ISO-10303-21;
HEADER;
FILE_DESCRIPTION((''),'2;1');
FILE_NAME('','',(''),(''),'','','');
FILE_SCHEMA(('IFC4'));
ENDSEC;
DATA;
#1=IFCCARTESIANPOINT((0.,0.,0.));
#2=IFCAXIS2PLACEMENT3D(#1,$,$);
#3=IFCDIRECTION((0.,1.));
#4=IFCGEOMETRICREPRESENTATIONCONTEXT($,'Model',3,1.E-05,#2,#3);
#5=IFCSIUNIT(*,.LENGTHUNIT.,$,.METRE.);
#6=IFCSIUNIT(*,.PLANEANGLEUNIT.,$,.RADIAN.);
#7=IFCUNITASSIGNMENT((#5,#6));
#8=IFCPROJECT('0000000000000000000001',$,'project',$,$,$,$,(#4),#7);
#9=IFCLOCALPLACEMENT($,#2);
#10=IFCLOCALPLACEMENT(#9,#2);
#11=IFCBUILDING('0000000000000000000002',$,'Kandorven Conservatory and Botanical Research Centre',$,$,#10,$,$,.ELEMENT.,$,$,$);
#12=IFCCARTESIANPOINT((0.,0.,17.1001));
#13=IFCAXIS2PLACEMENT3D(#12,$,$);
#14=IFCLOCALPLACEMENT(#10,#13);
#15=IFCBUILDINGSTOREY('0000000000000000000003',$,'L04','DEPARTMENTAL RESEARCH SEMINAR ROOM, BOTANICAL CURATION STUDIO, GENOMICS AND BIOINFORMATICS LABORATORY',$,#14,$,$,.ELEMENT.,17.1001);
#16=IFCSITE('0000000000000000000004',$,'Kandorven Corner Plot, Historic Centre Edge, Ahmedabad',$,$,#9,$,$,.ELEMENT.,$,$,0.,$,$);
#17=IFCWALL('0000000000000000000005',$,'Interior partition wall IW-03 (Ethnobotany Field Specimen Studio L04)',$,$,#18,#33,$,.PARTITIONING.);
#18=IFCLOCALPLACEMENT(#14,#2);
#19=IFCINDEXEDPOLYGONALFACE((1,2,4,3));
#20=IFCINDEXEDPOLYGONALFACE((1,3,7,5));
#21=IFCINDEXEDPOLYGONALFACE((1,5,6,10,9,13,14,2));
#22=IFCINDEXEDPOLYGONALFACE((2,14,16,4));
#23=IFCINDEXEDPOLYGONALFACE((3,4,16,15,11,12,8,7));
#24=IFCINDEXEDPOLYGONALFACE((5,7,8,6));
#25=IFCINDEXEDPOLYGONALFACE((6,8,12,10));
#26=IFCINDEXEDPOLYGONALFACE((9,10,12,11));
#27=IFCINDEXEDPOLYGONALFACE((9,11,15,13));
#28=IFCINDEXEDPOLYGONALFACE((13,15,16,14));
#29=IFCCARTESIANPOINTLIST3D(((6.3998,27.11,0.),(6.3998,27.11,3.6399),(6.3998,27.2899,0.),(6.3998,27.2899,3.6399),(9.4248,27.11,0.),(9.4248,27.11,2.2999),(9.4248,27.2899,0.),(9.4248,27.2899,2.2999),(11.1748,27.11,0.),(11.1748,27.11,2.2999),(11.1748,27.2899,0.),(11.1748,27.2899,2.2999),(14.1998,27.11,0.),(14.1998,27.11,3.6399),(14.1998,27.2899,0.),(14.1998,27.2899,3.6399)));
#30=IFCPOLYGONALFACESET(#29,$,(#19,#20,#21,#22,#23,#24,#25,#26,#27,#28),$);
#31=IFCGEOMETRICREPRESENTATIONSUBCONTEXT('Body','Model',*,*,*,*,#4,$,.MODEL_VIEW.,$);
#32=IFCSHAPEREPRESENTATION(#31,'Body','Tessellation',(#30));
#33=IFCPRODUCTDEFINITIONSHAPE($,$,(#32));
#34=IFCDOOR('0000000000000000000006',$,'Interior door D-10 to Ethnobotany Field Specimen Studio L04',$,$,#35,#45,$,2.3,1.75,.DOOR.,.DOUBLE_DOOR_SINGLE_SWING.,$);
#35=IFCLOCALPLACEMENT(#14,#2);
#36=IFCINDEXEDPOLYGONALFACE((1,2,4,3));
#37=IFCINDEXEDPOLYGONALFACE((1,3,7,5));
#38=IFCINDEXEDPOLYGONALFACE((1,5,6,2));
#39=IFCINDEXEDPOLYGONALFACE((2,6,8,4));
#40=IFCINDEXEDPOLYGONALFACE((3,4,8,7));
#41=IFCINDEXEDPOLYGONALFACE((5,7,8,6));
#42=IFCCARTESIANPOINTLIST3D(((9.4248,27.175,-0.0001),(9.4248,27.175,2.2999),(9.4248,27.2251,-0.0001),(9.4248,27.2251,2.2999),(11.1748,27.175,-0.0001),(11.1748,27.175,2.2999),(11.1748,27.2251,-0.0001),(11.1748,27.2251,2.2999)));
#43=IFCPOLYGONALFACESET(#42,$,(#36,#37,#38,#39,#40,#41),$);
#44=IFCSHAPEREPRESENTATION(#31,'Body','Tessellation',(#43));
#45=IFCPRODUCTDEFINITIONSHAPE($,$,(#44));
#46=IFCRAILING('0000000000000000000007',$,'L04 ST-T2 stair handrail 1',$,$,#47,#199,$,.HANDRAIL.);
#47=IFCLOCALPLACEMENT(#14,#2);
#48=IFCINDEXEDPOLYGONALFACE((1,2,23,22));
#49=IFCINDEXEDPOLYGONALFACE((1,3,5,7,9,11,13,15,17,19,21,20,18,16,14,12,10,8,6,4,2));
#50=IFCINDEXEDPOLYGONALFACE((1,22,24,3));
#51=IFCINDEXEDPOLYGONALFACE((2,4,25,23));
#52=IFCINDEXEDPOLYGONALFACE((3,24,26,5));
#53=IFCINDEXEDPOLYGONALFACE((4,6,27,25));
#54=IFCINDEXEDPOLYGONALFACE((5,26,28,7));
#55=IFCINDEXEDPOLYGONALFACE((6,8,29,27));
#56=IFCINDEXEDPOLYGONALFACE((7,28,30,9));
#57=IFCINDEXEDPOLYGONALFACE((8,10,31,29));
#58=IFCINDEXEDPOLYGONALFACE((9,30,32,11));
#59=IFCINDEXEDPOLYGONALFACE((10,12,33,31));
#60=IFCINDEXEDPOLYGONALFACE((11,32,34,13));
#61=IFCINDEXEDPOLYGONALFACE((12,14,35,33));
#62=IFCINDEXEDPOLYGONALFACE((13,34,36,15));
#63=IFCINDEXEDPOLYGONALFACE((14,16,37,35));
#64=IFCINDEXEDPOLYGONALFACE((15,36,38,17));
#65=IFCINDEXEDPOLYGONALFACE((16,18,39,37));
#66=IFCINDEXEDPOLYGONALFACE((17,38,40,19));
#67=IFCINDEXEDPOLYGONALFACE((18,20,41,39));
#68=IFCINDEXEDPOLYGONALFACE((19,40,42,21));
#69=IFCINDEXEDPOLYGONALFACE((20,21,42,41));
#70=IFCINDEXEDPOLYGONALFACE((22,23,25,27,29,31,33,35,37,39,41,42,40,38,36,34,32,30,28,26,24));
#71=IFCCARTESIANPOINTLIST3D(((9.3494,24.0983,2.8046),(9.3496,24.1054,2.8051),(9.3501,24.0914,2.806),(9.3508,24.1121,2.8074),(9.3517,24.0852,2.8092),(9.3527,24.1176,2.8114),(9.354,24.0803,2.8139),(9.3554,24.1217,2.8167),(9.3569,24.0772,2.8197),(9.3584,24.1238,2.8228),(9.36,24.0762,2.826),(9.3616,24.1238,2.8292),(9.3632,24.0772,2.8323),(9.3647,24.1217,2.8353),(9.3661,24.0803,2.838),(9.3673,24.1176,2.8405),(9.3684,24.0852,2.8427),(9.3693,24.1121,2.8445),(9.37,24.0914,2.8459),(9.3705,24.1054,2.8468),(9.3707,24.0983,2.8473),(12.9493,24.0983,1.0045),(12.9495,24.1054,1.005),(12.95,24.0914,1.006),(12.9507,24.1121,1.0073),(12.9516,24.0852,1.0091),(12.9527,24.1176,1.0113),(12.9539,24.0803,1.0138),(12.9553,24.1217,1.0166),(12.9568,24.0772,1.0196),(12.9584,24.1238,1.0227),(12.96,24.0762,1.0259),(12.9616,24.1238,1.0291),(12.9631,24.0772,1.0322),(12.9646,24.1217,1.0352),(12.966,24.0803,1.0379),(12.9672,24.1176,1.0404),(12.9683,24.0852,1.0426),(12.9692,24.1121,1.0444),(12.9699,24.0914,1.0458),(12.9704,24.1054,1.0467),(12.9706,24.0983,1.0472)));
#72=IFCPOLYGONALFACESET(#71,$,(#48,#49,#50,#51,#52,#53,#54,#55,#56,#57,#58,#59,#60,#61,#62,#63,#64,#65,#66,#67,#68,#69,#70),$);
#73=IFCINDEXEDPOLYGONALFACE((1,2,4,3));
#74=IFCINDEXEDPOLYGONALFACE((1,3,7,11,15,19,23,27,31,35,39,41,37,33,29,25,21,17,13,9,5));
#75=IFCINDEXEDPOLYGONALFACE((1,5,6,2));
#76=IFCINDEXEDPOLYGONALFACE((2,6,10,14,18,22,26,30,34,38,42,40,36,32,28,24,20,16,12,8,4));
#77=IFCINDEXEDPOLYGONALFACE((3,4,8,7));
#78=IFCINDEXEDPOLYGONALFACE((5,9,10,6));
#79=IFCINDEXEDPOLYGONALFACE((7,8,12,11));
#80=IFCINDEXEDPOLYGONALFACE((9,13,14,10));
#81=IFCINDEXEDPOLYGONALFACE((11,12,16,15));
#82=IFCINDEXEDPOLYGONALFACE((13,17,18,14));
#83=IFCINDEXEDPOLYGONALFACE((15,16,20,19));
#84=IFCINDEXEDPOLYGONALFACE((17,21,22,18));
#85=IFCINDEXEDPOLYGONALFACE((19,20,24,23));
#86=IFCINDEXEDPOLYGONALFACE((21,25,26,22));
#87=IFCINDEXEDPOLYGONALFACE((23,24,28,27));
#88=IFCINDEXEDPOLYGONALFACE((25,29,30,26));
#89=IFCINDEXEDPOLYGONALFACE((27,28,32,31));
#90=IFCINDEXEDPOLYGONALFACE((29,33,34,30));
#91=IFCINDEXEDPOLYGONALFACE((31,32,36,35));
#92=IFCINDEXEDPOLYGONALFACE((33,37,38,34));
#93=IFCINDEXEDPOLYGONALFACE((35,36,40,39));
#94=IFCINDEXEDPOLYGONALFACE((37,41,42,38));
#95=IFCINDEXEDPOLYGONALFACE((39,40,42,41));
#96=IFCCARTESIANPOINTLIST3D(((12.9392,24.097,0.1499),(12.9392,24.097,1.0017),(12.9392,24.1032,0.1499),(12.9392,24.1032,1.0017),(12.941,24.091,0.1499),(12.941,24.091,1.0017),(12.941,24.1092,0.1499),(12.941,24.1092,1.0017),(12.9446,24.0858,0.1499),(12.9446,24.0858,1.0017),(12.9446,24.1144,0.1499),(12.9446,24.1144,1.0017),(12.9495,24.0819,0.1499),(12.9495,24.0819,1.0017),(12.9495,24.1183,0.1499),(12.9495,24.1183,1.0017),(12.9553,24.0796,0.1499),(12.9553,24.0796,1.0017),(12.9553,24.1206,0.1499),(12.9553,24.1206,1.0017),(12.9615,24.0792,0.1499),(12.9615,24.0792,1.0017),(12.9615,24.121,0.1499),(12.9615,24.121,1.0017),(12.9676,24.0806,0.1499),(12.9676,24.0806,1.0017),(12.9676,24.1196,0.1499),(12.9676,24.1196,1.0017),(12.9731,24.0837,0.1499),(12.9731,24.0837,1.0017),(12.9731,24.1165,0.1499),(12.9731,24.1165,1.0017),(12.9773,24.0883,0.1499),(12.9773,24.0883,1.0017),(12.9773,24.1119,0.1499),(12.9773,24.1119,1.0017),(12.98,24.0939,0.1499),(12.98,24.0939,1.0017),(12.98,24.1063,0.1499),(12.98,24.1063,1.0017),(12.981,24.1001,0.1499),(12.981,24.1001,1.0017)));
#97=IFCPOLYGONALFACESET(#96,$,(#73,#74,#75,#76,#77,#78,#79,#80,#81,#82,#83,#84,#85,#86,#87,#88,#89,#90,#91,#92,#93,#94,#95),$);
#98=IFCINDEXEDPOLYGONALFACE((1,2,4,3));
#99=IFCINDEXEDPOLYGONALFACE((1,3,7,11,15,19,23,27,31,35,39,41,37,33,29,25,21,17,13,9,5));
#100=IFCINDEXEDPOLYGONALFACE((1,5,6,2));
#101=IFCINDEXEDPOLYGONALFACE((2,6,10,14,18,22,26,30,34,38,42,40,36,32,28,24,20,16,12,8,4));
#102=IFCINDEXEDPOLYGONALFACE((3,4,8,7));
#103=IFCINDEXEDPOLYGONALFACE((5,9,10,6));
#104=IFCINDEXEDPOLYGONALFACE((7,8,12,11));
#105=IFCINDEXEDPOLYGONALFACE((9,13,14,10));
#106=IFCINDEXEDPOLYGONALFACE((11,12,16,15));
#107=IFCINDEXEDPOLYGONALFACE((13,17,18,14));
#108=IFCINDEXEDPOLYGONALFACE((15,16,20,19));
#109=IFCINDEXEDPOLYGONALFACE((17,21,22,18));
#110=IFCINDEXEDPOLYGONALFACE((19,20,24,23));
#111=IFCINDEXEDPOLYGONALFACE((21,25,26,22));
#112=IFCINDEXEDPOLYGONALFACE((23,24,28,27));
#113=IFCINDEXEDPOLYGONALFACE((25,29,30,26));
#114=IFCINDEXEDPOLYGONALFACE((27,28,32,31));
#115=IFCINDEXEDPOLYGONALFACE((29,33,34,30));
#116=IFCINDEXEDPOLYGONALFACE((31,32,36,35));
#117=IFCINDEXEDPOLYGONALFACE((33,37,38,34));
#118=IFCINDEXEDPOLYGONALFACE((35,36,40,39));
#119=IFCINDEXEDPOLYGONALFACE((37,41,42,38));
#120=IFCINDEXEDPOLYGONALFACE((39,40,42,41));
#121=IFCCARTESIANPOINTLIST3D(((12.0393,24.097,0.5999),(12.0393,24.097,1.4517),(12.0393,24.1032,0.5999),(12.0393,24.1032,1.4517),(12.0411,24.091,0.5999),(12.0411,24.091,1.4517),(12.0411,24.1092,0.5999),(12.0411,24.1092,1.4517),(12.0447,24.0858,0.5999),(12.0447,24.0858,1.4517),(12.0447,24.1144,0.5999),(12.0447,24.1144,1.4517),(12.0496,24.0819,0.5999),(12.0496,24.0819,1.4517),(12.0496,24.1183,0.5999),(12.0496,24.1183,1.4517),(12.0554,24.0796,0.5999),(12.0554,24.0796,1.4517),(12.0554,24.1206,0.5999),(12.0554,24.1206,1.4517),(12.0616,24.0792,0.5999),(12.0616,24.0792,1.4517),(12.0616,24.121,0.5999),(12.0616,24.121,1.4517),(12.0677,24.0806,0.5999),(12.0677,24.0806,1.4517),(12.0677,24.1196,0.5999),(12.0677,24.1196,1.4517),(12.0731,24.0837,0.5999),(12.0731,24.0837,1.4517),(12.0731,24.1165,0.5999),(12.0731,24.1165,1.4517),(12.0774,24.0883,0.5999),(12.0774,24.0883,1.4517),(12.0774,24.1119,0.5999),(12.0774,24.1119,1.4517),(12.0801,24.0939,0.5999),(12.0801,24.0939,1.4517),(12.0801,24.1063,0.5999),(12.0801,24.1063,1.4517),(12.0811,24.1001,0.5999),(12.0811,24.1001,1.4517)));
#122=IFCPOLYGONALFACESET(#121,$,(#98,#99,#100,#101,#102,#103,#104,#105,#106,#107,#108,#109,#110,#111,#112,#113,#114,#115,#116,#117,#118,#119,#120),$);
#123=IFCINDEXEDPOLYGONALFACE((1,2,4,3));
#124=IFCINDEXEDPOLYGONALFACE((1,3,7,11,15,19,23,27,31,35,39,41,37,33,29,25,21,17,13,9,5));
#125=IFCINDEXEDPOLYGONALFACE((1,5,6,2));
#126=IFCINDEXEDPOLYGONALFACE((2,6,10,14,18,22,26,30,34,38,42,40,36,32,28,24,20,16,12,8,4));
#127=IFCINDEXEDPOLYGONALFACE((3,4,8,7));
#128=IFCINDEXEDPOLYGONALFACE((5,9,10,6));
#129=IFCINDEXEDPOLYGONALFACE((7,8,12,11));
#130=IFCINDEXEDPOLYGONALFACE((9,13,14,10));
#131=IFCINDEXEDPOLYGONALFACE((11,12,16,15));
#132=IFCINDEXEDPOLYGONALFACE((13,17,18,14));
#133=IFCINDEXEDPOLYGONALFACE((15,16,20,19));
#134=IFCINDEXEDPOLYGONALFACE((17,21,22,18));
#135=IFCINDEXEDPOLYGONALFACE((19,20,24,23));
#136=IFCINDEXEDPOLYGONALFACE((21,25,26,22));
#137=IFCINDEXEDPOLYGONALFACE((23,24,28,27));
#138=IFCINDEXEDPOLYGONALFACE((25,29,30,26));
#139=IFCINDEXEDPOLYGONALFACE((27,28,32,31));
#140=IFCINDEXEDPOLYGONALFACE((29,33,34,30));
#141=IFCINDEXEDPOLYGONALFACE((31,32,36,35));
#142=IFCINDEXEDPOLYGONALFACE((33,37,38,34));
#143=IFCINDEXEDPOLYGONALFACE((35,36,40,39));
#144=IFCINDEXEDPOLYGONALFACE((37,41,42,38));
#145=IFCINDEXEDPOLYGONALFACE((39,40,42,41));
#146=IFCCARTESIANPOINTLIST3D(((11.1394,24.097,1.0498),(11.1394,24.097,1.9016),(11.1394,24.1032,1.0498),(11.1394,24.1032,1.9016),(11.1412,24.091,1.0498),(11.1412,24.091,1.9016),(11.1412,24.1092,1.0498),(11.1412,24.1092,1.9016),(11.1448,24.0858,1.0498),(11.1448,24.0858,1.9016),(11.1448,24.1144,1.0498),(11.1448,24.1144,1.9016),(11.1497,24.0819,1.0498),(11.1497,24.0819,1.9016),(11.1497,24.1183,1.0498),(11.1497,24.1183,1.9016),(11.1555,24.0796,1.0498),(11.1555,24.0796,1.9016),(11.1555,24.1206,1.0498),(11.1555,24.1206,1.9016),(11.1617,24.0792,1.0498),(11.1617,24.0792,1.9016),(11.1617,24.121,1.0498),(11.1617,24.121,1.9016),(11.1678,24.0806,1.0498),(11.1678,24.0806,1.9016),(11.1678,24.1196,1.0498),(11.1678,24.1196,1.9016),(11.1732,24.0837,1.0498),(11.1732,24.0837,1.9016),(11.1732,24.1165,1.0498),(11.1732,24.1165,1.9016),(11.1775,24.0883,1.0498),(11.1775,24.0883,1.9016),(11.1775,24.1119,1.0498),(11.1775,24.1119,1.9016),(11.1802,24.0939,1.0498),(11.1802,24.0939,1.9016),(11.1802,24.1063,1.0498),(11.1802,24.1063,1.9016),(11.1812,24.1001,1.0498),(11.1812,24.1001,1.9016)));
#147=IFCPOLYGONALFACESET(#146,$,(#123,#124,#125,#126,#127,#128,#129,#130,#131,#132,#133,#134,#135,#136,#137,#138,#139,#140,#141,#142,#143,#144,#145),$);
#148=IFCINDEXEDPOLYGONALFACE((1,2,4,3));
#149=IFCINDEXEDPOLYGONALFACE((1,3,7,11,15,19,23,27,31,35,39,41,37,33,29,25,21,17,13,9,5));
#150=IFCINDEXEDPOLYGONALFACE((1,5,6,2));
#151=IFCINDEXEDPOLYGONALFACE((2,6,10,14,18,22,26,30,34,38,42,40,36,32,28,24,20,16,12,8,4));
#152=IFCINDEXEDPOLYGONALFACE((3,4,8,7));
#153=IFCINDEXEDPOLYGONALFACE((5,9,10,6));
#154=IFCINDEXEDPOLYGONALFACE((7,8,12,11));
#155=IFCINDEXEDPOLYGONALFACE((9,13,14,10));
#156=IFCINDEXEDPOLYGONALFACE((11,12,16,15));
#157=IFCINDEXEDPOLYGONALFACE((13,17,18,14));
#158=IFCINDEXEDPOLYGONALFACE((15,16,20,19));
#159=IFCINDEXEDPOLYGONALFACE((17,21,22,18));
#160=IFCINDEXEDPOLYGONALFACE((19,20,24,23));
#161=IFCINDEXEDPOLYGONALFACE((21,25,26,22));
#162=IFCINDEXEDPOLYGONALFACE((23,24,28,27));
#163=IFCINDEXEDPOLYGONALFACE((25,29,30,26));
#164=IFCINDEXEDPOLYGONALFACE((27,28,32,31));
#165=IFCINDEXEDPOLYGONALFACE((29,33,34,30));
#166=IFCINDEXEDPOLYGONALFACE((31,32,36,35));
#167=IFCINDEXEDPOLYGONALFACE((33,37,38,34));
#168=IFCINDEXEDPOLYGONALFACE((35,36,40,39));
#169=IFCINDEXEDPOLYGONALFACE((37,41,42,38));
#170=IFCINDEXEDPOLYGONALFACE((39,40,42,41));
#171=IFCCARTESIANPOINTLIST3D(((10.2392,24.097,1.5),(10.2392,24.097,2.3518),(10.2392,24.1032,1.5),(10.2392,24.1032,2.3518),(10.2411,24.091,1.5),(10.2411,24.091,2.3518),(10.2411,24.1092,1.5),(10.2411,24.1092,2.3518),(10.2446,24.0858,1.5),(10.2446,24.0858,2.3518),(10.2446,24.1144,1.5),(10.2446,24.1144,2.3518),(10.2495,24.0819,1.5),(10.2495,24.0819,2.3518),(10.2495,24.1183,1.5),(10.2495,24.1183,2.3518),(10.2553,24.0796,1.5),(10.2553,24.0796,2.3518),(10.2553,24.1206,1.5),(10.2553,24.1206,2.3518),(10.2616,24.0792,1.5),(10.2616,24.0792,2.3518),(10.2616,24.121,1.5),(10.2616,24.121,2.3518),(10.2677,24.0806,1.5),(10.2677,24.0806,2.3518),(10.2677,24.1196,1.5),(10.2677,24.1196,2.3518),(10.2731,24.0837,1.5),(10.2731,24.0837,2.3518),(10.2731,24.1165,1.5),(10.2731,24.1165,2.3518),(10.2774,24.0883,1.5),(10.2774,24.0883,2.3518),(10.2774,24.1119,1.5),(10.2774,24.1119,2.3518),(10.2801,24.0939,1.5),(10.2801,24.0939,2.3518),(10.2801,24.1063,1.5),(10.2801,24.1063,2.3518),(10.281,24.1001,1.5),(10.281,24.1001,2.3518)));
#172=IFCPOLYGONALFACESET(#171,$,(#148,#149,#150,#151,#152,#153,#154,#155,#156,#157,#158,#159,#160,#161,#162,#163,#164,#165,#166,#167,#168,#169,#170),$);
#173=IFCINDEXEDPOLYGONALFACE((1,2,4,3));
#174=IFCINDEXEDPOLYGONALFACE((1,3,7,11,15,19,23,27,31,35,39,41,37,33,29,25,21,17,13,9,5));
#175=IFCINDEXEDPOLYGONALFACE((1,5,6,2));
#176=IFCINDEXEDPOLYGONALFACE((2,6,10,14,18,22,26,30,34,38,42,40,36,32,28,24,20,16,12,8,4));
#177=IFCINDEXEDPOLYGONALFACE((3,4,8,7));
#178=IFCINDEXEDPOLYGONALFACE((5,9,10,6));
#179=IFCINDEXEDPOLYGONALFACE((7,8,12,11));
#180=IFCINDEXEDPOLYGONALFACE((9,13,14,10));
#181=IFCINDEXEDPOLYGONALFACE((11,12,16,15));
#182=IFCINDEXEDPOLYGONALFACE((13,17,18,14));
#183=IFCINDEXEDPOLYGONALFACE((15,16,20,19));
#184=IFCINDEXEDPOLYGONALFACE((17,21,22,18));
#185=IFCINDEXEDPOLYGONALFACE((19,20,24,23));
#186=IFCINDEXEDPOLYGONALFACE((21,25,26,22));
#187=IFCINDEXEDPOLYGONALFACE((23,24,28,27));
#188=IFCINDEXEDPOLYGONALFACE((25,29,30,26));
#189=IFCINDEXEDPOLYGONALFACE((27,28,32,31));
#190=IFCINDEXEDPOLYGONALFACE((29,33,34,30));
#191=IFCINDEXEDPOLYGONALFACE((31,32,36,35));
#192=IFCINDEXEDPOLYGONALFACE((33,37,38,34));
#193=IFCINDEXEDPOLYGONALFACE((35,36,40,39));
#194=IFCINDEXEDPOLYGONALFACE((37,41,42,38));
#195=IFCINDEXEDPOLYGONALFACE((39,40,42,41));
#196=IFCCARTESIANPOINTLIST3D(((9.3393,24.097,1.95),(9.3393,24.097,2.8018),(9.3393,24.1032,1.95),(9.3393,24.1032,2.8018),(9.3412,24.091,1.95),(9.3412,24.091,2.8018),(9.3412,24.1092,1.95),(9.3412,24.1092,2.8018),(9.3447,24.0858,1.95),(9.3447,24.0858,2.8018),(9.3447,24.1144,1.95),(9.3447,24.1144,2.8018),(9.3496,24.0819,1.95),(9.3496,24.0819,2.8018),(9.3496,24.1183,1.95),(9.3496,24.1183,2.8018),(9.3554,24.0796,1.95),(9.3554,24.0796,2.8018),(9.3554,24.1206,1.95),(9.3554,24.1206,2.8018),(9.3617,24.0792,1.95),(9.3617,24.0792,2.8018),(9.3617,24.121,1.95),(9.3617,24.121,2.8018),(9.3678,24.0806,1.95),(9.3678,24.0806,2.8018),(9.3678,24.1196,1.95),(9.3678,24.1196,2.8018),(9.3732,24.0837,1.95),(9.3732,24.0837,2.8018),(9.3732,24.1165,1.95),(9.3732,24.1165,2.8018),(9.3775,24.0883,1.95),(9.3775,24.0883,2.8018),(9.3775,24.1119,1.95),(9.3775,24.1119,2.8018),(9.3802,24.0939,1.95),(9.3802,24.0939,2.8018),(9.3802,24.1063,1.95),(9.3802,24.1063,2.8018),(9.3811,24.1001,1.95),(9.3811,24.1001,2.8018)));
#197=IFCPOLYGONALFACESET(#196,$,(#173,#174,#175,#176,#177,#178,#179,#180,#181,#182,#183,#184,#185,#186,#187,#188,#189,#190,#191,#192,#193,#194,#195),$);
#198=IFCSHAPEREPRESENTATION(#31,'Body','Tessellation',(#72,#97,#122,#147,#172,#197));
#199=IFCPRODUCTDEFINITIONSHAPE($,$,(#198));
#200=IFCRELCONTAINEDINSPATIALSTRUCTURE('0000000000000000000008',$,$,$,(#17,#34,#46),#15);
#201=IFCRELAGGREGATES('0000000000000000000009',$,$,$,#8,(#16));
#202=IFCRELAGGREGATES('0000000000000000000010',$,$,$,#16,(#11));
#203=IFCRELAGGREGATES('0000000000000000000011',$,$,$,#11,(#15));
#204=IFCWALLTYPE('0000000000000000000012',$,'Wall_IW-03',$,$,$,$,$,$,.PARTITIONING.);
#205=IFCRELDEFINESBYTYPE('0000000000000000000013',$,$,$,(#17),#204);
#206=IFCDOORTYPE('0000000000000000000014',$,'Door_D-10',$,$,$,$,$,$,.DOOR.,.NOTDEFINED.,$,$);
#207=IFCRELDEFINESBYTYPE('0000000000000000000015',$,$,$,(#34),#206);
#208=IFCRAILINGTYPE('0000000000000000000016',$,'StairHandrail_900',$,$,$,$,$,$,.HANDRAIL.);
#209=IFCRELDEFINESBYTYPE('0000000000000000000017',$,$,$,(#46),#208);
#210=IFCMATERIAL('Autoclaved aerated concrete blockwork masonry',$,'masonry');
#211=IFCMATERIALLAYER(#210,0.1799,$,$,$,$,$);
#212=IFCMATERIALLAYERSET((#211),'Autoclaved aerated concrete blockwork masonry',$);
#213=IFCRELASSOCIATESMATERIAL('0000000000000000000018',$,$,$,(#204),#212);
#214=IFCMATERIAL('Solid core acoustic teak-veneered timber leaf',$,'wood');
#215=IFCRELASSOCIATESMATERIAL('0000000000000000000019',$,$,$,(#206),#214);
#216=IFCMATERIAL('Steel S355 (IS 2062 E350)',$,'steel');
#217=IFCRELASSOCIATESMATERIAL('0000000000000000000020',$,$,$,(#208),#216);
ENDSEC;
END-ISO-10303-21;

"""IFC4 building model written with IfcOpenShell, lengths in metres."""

from ifc_helpers import new_model, si_unit, direction, frame, frame_2d, origin, origin_2d, place, context, subcontext, project, spatial, rectangle, circle, extrude, material, layer, layer_set, type_object, element, fill, save


model = new_model("IFC4")

# Units and contexts
model_context = context("Model", 3, precision=1e-05, world=origin(), true_north=direction((0.0, 1.0)))
body_context = subcontext(model_context, "Body", "Model", "MODEL_VIEW")
ifc_project = project(units=[si_unit("LENGTHUNIT", "METRE"), si_unit("PLANEANGLEUNIT", "RADIAN")], contexts=[model_context])

# Site, building, storey
site_placement = place(None, origin())
site = spatial("IfcSite", under=ifc_project, at=site_placement, Name="Kandorven Corner Plot, Historic Centre Edge, Ahmedabad", CompositionType="ELEMENT", RefElevation=0.0)
building_placement = place(site_placement, origin())
building = spatial("IfcBuilding", under=site, at=building_placement, Name="Kandorven Conservatory and Botanical Research Centre", CompositionType="ELEMENT")
storey_placement = place(building_placement, frame((0.0, 0.0, 17.1001)))
storey = spatial("IfcBuildingStorey", under=building, at=storey_placement, Name="L04", Description="DEPARTMENTAL RESEARCH SEMINAR ROOM, BOTANICAL CURATION STUDIO, GENOMICS AND BIOINFORMATICS LABORATORY", CompositionType="ELEMENT", Elevation=17.1001)

# Wall, opening, door
ifc_material_1 = material(Name="Autoclaved aerated concrete blockwork masonry", Category="masonry")
ifc_layer_1 = layer(ifc_material_1, 0.1799)
ifc_layer_set_1 = layer_set([ifc_layer_1], Name="Autoclaved aerated concrete blockwork masonry")
wall_type_1 = type_object("IfcWallType", Name="Wall_IW-03", PredefinedType="PARTITIONING", material=ifc_layer_set_1)
wall_1_placement = place(storey_placement, frame((6.3999, 27.2, 0.0), z_axis=(0.0, 0.0, 1.0), x_axis=(1.0, 0.0, 0.0)))
wall_1 = element("IfcWall", 1, at=wall_1_placement, inside=storey, type_object=wall_type_1, Name="Interior partition wall IW-03 (Ethnobotany Field Specimen Studio L04)", PredefinedType="PARTITIONING", context=body_context, shape_type="SweptSolid", body=[
    extrude(rectangle(XDim=7.8, YDim=0.1799, at=frame_2d((3.8999, 0.0))), origin(), (0.0, 0.0, 1.0), 3.6399),
])
opening_1_placement = place(wall_1_placement, frame((3.0249, 0.0, 0.0)))
opening_1 = element("IfcOpeningElement", 2, at=opening_1_placement, cuts=wall_1, PredefinedType="OPENING", context=body_context, shape_type="SweptSolid", body=[
    extrude(rectangle(XDim=1.75, YDim=2.3, at=frame_2d((0.875, 1.1499))), frame((0.0, 0.0999, 0.0), z_axis=(0.0, -1.0, 0.0), x_axis=(1.0, 0.0, 0.0)), (0.0, 0.0, 1.0), 0.2),
])
ifc_material_2 = material(Name="Solid core acoustic teak-veneered timber leaf", Category="wood")
door_type = type_object("IfcDoorType", Name="Door_D-10", OperationType="NOTDEFINED", PredefinedType="DOOR", material=ifc_material_2)
door_placement = place(opening_1_placement, frame((1.75, 0.0, 0.0), z_axis=(0.0, 0.0, 1.0), x_axis=(-1.0, 0.0, 0.0)))
door = element("IfcDoor", 3, at=door_placement, inside=storey, type_object=door_type, Name="Interior door D-10 to Ethnobotany Field Specimen Studio L04", OperationType="DOUBLE_DOOR_SINGLE_SWING", OverallHeight=2.3, OverallWidth=1.75, PredefinedType="DOOR", context=body_context, shape_type="SweptSolid", body=[
    extrude(rectangle(XDim=1.75, YDim=2.3, at=frame_2d((0.875, 1.1499))), frame((0.0, 0.0249, 0.0), z_axis=(0.0, -1.0, 0.0), x_axis=(1.0, 0.0, 0.0)), (0.0, 0.0, 1.0), 0.05),
])
fill(opening_1, door)

# Railing
ifc_material_3 = material(Name="Steel S355 (IS 2062 E350)", Category="steel")
railing_type = type_object("IfcRailingType", Name="StairHandrail_900", PredefinedType="HANDRAIL", material=ifc_material_3)
railing_placement = place(storey_placement, frame((12.96, 24.1001, 0.1499)))
element("IfcRailing", 4, at=railing_placement, inside=storey, type_object=railing_type, Name="L04 ST-T2 stair handrail 1", PredefinedType="HANDRAIL", context=body_context, shape_type="SweptSolid", body=[
    extrude(circle(Radius=0.0239, at=origin_2d()), frame((0.0, 0.0, 0.876), z_axis=(-0.894415, 0.0, 0.447238), x_axis=(0.0, -1.0, 0.0)), (0.0, 0.0, 1.0), 4.0249),
    extrude(circle(Radius=0.021, at=origin_2d()), origin(), (0.0, 0.0, 1.0), 0.8518),
    extrude(circle(Radius=0.021, at=origin_2d()), frame((-0.8999, 0.0, 0.45)), (0.0, 0.0, 1.0), 0.8518),
    extrude(circle(Radius=0.021, at=origin_2d()), frame((-1.7998, 0.0, 0.8999)), (0.0, 0.0, 1.0), 0.8518),
    extrude(circle(Radius=0.021, at=origin_2d()), frame((-2.7, 0.0, 1.3501)), (0.0, 0.0, 1.0), 0.8518),
    extrude(circle(Radius=0.021, at=origin_2d()), frame((-3.5999, 0.0, 1.8)), (0.0, 0.0, 1.0), 0.8518),
])

save(model, "model.ifc")
